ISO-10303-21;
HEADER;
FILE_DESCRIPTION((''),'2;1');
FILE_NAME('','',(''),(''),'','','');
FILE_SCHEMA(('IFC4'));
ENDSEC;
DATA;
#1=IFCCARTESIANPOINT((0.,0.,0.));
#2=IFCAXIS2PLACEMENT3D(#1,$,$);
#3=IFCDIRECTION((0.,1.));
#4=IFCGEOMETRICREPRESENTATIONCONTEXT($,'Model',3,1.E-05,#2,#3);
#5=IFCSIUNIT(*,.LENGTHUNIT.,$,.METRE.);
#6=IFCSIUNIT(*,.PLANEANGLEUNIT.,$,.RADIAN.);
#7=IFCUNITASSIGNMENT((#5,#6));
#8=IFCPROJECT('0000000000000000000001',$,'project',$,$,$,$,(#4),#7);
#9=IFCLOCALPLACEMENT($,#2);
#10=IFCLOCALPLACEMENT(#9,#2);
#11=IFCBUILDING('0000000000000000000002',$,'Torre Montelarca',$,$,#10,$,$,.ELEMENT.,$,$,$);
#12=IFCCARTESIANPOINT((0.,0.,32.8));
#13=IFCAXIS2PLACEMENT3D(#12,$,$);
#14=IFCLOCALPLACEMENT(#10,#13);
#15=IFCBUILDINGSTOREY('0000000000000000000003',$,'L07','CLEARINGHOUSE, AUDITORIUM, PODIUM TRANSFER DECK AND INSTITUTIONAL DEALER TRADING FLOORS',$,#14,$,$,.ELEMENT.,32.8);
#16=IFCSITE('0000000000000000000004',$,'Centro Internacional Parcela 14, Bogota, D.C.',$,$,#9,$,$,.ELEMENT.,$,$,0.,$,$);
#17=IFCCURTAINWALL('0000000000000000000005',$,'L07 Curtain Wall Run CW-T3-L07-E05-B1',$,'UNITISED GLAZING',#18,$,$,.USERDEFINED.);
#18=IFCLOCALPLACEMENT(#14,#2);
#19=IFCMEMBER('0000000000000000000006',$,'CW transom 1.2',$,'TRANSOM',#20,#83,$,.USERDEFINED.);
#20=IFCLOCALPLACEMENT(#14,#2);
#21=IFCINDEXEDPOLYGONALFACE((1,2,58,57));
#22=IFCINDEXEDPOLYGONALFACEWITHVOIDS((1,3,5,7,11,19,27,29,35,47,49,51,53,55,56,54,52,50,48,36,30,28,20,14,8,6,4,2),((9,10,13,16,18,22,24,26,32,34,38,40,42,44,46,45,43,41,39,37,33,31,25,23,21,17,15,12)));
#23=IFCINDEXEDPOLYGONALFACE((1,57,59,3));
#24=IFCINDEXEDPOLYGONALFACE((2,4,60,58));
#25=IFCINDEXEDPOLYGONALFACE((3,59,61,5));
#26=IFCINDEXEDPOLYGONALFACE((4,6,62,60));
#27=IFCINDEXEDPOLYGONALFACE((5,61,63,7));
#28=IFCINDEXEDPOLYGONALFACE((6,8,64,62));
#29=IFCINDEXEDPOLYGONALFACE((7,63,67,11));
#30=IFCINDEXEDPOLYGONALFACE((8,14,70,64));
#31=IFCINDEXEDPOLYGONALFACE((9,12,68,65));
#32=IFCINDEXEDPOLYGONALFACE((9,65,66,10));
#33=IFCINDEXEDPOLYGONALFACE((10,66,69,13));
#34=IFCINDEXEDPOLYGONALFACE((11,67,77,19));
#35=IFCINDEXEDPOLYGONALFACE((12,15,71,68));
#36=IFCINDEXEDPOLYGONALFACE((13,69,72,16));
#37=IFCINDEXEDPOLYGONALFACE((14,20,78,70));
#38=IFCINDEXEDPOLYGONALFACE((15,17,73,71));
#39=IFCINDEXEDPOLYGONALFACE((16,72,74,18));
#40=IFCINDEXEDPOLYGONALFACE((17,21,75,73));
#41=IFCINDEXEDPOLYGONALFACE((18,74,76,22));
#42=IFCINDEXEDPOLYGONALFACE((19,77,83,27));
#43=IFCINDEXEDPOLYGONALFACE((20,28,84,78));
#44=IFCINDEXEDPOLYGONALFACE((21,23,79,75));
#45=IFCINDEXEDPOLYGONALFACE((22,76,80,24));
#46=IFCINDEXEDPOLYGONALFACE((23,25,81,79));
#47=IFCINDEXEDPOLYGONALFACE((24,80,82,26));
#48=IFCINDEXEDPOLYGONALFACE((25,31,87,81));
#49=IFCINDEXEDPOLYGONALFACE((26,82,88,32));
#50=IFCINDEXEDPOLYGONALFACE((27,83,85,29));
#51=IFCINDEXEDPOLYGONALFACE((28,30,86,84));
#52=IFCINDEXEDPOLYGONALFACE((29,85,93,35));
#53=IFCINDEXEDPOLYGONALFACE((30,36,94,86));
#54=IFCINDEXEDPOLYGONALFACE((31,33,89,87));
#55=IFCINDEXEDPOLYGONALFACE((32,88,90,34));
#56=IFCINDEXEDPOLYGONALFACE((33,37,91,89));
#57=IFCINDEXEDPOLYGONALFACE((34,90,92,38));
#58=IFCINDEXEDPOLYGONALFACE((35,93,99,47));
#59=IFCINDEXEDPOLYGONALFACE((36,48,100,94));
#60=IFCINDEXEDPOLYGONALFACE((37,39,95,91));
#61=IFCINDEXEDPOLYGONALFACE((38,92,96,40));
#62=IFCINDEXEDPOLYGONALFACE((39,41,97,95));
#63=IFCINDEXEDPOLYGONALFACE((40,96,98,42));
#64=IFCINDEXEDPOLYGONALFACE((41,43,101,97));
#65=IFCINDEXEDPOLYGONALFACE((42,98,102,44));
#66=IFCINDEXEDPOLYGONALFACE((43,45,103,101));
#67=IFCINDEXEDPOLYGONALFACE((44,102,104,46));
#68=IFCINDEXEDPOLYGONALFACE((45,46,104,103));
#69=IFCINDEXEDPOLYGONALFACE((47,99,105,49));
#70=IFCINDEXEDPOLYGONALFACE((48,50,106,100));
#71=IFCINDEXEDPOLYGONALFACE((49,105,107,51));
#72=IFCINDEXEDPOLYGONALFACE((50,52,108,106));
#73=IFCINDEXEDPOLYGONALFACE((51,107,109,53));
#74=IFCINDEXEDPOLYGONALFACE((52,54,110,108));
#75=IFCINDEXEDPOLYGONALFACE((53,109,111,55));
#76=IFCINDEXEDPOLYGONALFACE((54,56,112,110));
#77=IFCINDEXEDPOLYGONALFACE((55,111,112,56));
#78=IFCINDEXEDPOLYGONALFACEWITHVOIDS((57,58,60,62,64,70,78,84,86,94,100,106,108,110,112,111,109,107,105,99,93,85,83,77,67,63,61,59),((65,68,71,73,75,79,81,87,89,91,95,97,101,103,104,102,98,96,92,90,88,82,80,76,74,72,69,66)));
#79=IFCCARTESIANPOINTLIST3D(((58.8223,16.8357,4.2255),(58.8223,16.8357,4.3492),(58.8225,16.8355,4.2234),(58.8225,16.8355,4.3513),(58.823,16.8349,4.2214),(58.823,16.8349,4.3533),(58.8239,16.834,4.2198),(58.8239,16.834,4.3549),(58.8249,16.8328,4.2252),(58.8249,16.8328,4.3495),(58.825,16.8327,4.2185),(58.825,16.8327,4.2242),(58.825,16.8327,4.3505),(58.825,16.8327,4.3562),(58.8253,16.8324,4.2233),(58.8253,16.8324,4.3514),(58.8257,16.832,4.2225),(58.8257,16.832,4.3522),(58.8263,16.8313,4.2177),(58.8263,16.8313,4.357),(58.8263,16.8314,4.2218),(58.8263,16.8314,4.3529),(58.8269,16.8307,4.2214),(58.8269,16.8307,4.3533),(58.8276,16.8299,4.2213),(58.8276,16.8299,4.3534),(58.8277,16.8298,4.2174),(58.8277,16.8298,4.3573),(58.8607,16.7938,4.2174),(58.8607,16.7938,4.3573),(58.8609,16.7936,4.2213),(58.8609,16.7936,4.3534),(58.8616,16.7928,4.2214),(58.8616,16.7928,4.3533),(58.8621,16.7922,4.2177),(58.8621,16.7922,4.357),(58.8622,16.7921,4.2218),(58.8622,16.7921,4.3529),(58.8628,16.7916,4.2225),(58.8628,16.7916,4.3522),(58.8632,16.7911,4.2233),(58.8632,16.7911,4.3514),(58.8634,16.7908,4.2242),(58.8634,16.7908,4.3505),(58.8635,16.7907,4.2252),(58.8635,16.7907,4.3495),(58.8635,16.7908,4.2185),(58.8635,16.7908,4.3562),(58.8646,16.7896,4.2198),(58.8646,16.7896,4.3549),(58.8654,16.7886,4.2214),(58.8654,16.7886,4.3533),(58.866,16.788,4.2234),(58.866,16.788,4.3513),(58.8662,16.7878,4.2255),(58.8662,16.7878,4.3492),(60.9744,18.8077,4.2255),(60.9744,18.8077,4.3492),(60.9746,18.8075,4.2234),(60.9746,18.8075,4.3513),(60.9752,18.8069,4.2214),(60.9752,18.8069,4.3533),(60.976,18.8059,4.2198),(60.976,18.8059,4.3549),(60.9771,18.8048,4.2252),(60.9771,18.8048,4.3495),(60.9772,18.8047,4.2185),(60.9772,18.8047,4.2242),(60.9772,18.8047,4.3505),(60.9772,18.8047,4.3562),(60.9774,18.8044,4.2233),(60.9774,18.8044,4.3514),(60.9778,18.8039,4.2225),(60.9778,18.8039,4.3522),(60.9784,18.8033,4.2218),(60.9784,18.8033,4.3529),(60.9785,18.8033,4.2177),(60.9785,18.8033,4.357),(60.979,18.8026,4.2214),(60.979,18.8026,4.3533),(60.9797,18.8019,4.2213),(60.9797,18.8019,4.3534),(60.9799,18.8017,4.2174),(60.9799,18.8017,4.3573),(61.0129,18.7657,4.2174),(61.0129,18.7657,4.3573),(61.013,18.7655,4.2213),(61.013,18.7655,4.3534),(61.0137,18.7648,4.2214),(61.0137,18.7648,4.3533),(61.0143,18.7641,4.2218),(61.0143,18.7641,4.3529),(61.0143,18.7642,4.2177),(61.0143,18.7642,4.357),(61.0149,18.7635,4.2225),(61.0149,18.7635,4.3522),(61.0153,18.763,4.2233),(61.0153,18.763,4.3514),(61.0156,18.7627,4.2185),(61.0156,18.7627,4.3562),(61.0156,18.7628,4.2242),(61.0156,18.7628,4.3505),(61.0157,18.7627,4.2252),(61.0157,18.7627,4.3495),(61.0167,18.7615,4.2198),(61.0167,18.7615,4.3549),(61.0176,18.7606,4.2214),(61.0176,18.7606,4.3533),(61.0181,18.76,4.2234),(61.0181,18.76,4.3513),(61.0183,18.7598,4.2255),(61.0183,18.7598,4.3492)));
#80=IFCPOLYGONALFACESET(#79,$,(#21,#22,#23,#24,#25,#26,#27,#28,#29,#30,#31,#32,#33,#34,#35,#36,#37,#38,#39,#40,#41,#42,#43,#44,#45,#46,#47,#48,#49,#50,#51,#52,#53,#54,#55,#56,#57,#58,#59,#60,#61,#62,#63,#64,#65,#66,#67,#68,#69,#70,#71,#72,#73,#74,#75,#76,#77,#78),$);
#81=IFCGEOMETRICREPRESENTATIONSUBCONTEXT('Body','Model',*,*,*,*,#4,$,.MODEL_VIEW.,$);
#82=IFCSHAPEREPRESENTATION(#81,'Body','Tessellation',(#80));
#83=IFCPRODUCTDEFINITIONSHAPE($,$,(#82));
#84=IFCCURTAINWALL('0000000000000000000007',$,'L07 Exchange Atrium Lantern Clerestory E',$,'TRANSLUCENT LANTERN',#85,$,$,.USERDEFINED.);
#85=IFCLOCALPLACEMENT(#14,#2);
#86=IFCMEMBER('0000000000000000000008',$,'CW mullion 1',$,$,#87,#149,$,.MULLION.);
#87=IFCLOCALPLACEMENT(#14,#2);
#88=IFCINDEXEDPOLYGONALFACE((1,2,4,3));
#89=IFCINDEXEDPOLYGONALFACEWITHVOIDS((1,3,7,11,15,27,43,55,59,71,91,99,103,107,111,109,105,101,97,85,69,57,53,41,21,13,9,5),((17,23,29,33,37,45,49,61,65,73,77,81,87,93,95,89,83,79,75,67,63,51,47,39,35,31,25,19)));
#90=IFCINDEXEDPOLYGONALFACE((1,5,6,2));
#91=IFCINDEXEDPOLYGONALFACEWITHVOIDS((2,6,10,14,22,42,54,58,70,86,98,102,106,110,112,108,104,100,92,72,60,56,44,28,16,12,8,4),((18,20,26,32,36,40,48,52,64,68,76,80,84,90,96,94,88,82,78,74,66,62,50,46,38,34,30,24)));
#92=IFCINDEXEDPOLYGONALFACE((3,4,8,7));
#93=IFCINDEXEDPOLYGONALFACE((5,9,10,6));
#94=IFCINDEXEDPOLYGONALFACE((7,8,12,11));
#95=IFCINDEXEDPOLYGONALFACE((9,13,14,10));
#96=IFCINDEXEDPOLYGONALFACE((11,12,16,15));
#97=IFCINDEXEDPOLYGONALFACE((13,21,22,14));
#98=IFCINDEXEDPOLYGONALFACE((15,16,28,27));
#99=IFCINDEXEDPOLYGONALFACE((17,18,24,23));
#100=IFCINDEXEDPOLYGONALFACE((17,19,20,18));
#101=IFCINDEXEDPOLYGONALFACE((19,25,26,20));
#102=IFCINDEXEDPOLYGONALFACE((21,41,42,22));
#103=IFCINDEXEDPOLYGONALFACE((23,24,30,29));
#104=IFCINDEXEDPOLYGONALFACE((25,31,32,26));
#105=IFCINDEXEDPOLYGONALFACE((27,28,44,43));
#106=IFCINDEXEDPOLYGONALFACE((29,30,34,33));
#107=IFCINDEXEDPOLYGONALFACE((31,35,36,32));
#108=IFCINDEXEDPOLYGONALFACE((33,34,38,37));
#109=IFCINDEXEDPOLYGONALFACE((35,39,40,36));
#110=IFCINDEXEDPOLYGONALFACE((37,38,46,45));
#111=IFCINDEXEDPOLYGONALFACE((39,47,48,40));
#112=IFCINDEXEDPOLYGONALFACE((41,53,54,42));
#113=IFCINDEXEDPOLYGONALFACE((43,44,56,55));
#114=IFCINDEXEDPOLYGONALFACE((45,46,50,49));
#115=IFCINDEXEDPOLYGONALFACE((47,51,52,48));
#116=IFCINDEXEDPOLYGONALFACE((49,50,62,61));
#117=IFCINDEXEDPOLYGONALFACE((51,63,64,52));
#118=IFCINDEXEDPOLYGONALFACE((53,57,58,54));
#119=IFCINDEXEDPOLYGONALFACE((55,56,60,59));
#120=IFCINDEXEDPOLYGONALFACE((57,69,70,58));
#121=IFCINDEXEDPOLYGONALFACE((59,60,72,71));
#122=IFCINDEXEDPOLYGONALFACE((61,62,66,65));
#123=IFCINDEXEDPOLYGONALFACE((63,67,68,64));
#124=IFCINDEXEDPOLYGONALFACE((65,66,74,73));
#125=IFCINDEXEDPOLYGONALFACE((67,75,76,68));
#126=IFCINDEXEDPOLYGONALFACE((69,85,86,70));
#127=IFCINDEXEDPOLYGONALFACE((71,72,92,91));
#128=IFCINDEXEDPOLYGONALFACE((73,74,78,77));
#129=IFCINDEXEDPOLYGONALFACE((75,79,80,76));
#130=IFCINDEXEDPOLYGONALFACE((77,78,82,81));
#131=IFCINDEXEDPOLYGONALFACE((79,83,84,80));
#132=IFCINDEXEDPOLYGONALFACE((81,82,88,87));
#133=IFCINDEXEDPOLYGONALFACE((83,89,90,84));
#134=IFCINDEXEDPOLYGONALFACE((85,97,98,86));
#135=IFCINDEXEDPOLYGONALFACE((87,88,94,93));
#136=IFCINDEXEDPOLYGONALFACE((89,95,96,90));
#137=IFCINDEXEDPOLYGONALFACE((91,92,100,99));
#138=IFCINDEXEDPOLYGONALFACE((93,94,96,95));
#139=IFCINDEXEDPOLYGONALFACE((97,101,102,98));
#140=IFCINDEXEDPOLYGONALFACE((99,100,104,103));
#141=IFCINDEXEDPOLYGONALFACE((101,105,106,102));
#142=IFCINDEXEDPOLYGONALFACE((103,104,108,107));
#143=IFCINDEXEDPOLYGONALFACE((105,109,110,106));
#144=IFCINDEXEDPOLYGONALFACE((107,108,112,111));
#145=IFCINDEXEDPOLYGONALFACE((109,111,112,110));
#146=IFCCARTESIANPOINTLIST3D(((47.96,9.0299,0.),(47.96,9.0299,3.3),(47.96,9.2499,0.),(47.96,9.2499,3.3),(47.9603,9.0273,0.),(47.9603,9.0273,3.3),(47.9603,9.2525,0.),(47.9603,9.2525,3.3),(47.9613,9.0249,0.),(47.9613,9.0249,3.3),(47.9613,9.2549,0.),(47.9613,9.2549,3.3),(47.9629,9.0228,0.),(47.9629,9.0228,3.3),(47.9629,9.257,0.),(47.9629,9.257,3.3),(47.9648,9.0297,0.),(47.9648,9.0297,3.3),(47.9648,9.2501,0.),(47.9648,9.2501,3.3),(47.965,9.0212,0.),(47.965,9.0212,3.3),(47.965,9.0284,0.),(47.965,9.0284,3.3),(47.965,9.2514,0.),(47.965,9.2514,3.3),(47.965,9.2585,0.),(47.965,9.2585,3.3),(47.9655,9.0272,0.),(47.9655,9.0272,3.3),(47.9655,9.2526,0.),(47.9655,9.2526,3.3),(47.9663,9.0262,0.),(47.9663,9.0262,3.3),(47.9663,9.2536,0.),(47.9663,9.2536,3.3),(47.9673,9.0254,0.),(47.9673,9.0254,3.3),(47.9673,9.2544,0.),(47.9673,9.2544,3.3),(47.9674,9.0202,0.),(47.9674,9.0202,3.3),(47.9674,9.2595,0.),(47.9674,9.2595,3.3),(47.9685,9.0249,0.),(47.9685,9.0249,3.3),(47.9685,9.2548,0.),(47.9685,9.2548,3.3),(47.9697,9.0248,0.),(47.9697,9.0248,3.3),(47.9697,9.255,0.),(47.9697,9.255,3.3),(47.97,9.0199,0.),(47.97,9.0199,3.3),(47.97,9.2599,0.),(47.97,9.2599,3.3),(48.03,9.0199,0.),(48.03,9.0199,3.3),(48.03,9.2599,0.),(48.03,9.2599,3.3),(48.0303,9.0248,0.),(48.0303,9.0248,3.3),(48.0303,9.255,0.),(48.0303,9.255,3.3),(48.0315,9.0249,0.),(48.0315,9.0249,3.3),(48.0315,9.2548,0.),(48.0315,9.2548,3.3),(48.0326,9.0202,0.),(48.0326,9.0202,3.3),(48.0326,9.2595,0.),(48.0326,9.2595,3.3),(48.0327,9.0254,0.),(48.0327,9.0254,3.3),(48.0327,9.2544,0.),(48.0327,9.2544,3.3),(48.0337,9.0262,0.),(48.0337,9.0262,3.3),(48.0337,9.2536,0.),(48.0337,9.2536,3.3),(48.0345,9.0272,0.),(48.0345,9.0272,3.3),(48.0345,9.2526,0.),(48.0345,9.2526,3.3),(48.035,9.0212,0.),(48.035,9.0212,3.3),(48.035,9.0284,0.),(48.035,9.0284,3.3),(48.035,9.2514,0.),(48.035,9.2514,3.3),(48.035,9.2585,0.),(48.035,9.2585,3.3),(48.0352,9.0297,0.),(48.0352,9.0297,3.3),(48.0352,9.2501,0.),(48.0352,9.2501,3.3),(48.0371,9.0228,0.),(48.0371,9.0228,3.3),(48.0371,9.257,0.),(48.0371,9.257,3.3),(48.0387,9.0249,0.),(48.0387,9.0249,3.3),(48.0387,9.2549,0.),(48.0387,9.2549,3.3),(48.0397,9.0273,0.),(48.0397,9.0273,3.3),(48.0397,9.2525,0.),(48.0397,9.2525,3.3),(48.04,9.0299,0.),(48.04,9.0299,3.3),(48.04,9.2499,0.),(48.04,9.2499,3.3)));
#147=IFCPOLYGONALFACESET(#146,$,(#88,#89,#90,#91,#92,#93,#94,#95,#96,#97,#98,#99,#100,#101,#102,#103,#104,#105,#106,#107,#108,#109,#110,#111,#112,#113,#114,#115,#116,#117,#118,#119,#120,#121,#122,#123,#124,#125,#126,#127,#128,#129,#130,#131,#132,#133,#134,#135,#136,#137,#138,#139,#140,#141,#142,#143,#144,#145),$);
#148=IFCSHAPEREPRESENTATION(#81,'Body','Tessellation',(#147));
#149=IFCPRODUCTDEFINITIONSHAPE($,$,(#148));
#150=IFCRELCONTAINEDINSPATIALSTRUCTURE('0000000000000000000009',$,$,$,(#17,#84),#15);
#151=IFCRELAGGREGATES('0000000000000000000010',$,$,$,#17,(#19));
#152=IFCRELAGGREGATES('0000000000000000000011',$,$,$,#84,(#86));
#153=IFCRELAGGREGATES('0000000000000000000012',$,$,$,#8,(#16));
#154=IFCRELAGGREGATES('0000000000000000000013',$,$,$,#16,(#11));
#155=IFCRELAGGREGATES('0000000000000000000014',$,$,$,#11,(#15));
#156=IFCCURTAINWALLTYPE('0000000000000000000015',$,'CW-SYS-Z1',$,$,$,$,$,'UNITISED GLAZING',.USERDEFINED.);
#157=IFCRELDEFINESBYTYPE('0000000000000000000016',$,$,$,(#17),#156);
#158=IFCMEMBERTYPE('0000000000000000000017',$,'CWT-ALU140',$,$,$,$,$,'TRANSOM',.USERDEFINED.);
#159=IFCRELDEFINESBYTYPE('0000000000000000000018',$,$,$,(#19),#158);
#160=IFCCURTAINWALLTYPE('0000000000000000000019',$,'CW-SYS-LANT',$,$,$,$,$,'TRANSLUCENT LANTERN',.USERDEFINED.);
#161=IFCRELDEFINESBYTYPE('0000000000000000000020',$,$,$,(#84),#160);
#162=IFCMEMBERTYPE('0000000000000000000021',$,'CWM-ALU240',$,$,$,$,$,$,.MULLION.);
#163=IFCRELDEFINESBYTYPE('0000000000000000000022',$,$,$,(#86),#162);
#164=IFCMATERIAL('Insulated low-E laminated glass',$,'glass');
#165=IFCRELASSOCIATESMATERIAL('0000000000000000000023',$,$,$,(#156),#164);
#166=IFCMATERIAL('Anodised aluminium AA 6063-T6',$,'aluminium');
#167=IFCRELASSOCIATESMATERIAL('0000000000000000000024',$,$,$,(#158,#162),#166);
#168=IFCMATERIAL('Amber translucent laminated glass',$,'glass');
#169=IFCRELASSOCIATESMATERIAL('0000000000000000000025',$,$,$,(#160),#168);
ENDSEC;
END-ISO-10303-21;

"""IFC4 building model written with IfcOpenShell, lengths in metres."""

from ifc_helpers import new_model, si_unit, direction, frame, origin, origin_2d, place, context, subcontext, project, spatial, hollow_rectangle, extrude, source, transform, mapped, material, material_profile, profile_set, type_object, element, aggregate, save


model = new_model("IFC4")

# Units and contexts
model_context = context("Model", 3, precision=1e-05, world=origin(), true_north=direction((0.0, 1.0)))
body_context = subcontext(model_context, "Body", "Model", "MODEL_VIEW")
ifc_project = project(units=[si_unit("LENGTHUNIT", "METRE"), si_unit("PLANEANGLEUNIT", "RADIAN")], contexts=[model_context])

# Site, building, storey
site_placement = place(None, origin())
site = spatial("IfcSite", under=ifc_project, at=site_placement, Name="Centro Internacional Parcela 14, Bogota, D.C.", CompositionType="ELEMENT", RefElevation=0.0)
building_placement = place(site_placement, origin())
building = spatial("IfcBuilding", under=site, at=building_placement, Name="Torre Montelarca", CompositionType="ELEMENT")
storey_placement = place(building_placement, frame((0.0, 0.0, 32.8)))
storey = spatial("IfcBuildingStorey", under=building, at=storey_placement, Name="L07", Description="CLEARINGHOUSE, AUDITORIUM, PODIUM TRANSFER DECK AND INSTITUTIONAL DEALER TRADING FLOORS", CompositionType="ELEMENT", Elevation=32.8)

# Shared definitions
ifc_material_1 = material(Name="Insulated low-E laminated glass", Category="glass")
curtain_wall_type_1 = type_object("IfcCurtainWallType", Name="CW-SYS-Z1", ElementType="UNITISED GLAZING", PredefinedType="USERDEFINED", material=ifc_material_1)
ifc_material_2 = material(Name="Anodised aluminium AA 6063-T6", Category="aluminium")

# Curtain walls, members
curtain_wall_1_placement = place(storey_placement, origin())
curtain_wall_1 = element("IfcCurtainWall", 1, at=curtain_wall_1_placement, inside=storey, type_object=curtain_wall_type_1, Name="L07 Curtain Wall Run CW-T3-L07-E05-B1", ObjectType="UNITISED GLAZING", PredefinedType="USERDEFINED")
ifc_material_profile_1 = material_profile(ifc_material_2, hollow_rectangle(XDim=0.0649, YDim=0.1399, WallThickness=0.0039, InnerFilletRadius=0.0039, OuterFilletRadius=0.0081, at=origin_2d()), Name="ALU65X140X4", Category="aluminium")
ifc_profile_set_1 = profile_set([ifc_material_profile_1], Name="Anodised aluminium AA 6063-T6")
member_type_1 = type_object("IfcMemberType", Name="CWT-ALU140", ElementType="TRANSOM", PredefinedType="USERDEFINED", material=ifc_profile_set_1)
shared_shape_1 = source(origin(), body_context, "Body", "SweptSolid", [
    extrude(hollow_rectangle(XDim=0.0649, YDim=0.1399, WallThickness=0.0039, InnerFilletRadius=0.0039, OuterFilletRadius=0.0081, at=origin_2d()), origin(), (0.0, 0.0, 1.0), 2.9189),
])
member_1_placement = place(storey_placement, frame((58.8442, 16.8118, 4.2874), z_axis=(0.737296, 0.675569, 0.0), x_axis=(-0.675569, 0.737296, 0.0)))
member_1 = element("IfcMember", 2, at=member_1_placement, type_object=member_type_1, Name="CW transom 1.2", ObjectType="TRANSOM", PredefinedType="USERDEFINED", context=body_context, shape_type="MappedRepresentation", body=[
    mapped(shared_shape_1, transform((0.0, 0.0, 0.0), scale=1.0)),
])
ifc_material_3 = material(Name="Amber translucent laminated glass", Category="glass")
curtain_wall_type_2 = type_object("IfcCurtainWallType", Name="CW-SYS-LANT", ElementType="TRANSLUCENT LANTERN", PredefinedType="USERDEFINED", material=ifc_material_3)
curtain_wall_2_placement = place(storey_placement, origin())
curtain_wall_2 = element("IfcCurtainWall", 3, at=curtain_wall_2_placement, inside=storey, type_object=curtain_wall_type_2, Name="L07 Exchange Atrium Lantern Clerestory E", ObjectType="TRANSLUCENT LANTERN", PredefinedType="USERDEFINED")
ifc_material_profile_2 = material_profile(ifc_material_2, hollow_rectangle(XDim=0.0801, YDim=0.24, WallThickness=0.0049, InnerFilletRadius=0.0049, OuterFilletRadius=0.01, at=origin_2d()), Name="ALU80X240X5", Category="aluminium")
ifc_profile_set_2 = profile_set([ifc_material_profile_2], Name="Anodised aluminium AA 6063-T6")
member_type_2 = type_object("IfcMemberType", Name="CWM-ALU240", PredefinedType="MULLION", material=ifc_profile_set_2)
shared_shape_2 = source(origin(), body_context, "Body", "SweptSolid", [
    extrude(hollow_rectangle(XDim=0.0801, YDim=0.24, WallThickness=0.0049, InnerFilletRadius=0.0049, OuterFilletRadius=0.01, at=origin_2d()), origin(), (0.0, 0.0, 1.0), 3.3),
])
member_2_placement = place(storey_placement, frame((48.0, 9.1399, 0.0), z_axis=(0.0, 0.0, 1.0), x_axis=(-1.0, 0.0, 0.0)))
member_2 = element("IfcMember", 4, at=member_2_placement, type_object=member_type_2, Name="CW mullion 1", PredefinedType="MULLION", context=body_context, shape_type="MappedRepresentation", body=[
    mapped(shared_shape_2, transform((0.0, 0.0, 0.0), scale=1.0)),
])

aggregate(curtain_wall_1, [member_1])
aggregate(curtain_wall_2, [member_2])

save(model, "model.ifc")
